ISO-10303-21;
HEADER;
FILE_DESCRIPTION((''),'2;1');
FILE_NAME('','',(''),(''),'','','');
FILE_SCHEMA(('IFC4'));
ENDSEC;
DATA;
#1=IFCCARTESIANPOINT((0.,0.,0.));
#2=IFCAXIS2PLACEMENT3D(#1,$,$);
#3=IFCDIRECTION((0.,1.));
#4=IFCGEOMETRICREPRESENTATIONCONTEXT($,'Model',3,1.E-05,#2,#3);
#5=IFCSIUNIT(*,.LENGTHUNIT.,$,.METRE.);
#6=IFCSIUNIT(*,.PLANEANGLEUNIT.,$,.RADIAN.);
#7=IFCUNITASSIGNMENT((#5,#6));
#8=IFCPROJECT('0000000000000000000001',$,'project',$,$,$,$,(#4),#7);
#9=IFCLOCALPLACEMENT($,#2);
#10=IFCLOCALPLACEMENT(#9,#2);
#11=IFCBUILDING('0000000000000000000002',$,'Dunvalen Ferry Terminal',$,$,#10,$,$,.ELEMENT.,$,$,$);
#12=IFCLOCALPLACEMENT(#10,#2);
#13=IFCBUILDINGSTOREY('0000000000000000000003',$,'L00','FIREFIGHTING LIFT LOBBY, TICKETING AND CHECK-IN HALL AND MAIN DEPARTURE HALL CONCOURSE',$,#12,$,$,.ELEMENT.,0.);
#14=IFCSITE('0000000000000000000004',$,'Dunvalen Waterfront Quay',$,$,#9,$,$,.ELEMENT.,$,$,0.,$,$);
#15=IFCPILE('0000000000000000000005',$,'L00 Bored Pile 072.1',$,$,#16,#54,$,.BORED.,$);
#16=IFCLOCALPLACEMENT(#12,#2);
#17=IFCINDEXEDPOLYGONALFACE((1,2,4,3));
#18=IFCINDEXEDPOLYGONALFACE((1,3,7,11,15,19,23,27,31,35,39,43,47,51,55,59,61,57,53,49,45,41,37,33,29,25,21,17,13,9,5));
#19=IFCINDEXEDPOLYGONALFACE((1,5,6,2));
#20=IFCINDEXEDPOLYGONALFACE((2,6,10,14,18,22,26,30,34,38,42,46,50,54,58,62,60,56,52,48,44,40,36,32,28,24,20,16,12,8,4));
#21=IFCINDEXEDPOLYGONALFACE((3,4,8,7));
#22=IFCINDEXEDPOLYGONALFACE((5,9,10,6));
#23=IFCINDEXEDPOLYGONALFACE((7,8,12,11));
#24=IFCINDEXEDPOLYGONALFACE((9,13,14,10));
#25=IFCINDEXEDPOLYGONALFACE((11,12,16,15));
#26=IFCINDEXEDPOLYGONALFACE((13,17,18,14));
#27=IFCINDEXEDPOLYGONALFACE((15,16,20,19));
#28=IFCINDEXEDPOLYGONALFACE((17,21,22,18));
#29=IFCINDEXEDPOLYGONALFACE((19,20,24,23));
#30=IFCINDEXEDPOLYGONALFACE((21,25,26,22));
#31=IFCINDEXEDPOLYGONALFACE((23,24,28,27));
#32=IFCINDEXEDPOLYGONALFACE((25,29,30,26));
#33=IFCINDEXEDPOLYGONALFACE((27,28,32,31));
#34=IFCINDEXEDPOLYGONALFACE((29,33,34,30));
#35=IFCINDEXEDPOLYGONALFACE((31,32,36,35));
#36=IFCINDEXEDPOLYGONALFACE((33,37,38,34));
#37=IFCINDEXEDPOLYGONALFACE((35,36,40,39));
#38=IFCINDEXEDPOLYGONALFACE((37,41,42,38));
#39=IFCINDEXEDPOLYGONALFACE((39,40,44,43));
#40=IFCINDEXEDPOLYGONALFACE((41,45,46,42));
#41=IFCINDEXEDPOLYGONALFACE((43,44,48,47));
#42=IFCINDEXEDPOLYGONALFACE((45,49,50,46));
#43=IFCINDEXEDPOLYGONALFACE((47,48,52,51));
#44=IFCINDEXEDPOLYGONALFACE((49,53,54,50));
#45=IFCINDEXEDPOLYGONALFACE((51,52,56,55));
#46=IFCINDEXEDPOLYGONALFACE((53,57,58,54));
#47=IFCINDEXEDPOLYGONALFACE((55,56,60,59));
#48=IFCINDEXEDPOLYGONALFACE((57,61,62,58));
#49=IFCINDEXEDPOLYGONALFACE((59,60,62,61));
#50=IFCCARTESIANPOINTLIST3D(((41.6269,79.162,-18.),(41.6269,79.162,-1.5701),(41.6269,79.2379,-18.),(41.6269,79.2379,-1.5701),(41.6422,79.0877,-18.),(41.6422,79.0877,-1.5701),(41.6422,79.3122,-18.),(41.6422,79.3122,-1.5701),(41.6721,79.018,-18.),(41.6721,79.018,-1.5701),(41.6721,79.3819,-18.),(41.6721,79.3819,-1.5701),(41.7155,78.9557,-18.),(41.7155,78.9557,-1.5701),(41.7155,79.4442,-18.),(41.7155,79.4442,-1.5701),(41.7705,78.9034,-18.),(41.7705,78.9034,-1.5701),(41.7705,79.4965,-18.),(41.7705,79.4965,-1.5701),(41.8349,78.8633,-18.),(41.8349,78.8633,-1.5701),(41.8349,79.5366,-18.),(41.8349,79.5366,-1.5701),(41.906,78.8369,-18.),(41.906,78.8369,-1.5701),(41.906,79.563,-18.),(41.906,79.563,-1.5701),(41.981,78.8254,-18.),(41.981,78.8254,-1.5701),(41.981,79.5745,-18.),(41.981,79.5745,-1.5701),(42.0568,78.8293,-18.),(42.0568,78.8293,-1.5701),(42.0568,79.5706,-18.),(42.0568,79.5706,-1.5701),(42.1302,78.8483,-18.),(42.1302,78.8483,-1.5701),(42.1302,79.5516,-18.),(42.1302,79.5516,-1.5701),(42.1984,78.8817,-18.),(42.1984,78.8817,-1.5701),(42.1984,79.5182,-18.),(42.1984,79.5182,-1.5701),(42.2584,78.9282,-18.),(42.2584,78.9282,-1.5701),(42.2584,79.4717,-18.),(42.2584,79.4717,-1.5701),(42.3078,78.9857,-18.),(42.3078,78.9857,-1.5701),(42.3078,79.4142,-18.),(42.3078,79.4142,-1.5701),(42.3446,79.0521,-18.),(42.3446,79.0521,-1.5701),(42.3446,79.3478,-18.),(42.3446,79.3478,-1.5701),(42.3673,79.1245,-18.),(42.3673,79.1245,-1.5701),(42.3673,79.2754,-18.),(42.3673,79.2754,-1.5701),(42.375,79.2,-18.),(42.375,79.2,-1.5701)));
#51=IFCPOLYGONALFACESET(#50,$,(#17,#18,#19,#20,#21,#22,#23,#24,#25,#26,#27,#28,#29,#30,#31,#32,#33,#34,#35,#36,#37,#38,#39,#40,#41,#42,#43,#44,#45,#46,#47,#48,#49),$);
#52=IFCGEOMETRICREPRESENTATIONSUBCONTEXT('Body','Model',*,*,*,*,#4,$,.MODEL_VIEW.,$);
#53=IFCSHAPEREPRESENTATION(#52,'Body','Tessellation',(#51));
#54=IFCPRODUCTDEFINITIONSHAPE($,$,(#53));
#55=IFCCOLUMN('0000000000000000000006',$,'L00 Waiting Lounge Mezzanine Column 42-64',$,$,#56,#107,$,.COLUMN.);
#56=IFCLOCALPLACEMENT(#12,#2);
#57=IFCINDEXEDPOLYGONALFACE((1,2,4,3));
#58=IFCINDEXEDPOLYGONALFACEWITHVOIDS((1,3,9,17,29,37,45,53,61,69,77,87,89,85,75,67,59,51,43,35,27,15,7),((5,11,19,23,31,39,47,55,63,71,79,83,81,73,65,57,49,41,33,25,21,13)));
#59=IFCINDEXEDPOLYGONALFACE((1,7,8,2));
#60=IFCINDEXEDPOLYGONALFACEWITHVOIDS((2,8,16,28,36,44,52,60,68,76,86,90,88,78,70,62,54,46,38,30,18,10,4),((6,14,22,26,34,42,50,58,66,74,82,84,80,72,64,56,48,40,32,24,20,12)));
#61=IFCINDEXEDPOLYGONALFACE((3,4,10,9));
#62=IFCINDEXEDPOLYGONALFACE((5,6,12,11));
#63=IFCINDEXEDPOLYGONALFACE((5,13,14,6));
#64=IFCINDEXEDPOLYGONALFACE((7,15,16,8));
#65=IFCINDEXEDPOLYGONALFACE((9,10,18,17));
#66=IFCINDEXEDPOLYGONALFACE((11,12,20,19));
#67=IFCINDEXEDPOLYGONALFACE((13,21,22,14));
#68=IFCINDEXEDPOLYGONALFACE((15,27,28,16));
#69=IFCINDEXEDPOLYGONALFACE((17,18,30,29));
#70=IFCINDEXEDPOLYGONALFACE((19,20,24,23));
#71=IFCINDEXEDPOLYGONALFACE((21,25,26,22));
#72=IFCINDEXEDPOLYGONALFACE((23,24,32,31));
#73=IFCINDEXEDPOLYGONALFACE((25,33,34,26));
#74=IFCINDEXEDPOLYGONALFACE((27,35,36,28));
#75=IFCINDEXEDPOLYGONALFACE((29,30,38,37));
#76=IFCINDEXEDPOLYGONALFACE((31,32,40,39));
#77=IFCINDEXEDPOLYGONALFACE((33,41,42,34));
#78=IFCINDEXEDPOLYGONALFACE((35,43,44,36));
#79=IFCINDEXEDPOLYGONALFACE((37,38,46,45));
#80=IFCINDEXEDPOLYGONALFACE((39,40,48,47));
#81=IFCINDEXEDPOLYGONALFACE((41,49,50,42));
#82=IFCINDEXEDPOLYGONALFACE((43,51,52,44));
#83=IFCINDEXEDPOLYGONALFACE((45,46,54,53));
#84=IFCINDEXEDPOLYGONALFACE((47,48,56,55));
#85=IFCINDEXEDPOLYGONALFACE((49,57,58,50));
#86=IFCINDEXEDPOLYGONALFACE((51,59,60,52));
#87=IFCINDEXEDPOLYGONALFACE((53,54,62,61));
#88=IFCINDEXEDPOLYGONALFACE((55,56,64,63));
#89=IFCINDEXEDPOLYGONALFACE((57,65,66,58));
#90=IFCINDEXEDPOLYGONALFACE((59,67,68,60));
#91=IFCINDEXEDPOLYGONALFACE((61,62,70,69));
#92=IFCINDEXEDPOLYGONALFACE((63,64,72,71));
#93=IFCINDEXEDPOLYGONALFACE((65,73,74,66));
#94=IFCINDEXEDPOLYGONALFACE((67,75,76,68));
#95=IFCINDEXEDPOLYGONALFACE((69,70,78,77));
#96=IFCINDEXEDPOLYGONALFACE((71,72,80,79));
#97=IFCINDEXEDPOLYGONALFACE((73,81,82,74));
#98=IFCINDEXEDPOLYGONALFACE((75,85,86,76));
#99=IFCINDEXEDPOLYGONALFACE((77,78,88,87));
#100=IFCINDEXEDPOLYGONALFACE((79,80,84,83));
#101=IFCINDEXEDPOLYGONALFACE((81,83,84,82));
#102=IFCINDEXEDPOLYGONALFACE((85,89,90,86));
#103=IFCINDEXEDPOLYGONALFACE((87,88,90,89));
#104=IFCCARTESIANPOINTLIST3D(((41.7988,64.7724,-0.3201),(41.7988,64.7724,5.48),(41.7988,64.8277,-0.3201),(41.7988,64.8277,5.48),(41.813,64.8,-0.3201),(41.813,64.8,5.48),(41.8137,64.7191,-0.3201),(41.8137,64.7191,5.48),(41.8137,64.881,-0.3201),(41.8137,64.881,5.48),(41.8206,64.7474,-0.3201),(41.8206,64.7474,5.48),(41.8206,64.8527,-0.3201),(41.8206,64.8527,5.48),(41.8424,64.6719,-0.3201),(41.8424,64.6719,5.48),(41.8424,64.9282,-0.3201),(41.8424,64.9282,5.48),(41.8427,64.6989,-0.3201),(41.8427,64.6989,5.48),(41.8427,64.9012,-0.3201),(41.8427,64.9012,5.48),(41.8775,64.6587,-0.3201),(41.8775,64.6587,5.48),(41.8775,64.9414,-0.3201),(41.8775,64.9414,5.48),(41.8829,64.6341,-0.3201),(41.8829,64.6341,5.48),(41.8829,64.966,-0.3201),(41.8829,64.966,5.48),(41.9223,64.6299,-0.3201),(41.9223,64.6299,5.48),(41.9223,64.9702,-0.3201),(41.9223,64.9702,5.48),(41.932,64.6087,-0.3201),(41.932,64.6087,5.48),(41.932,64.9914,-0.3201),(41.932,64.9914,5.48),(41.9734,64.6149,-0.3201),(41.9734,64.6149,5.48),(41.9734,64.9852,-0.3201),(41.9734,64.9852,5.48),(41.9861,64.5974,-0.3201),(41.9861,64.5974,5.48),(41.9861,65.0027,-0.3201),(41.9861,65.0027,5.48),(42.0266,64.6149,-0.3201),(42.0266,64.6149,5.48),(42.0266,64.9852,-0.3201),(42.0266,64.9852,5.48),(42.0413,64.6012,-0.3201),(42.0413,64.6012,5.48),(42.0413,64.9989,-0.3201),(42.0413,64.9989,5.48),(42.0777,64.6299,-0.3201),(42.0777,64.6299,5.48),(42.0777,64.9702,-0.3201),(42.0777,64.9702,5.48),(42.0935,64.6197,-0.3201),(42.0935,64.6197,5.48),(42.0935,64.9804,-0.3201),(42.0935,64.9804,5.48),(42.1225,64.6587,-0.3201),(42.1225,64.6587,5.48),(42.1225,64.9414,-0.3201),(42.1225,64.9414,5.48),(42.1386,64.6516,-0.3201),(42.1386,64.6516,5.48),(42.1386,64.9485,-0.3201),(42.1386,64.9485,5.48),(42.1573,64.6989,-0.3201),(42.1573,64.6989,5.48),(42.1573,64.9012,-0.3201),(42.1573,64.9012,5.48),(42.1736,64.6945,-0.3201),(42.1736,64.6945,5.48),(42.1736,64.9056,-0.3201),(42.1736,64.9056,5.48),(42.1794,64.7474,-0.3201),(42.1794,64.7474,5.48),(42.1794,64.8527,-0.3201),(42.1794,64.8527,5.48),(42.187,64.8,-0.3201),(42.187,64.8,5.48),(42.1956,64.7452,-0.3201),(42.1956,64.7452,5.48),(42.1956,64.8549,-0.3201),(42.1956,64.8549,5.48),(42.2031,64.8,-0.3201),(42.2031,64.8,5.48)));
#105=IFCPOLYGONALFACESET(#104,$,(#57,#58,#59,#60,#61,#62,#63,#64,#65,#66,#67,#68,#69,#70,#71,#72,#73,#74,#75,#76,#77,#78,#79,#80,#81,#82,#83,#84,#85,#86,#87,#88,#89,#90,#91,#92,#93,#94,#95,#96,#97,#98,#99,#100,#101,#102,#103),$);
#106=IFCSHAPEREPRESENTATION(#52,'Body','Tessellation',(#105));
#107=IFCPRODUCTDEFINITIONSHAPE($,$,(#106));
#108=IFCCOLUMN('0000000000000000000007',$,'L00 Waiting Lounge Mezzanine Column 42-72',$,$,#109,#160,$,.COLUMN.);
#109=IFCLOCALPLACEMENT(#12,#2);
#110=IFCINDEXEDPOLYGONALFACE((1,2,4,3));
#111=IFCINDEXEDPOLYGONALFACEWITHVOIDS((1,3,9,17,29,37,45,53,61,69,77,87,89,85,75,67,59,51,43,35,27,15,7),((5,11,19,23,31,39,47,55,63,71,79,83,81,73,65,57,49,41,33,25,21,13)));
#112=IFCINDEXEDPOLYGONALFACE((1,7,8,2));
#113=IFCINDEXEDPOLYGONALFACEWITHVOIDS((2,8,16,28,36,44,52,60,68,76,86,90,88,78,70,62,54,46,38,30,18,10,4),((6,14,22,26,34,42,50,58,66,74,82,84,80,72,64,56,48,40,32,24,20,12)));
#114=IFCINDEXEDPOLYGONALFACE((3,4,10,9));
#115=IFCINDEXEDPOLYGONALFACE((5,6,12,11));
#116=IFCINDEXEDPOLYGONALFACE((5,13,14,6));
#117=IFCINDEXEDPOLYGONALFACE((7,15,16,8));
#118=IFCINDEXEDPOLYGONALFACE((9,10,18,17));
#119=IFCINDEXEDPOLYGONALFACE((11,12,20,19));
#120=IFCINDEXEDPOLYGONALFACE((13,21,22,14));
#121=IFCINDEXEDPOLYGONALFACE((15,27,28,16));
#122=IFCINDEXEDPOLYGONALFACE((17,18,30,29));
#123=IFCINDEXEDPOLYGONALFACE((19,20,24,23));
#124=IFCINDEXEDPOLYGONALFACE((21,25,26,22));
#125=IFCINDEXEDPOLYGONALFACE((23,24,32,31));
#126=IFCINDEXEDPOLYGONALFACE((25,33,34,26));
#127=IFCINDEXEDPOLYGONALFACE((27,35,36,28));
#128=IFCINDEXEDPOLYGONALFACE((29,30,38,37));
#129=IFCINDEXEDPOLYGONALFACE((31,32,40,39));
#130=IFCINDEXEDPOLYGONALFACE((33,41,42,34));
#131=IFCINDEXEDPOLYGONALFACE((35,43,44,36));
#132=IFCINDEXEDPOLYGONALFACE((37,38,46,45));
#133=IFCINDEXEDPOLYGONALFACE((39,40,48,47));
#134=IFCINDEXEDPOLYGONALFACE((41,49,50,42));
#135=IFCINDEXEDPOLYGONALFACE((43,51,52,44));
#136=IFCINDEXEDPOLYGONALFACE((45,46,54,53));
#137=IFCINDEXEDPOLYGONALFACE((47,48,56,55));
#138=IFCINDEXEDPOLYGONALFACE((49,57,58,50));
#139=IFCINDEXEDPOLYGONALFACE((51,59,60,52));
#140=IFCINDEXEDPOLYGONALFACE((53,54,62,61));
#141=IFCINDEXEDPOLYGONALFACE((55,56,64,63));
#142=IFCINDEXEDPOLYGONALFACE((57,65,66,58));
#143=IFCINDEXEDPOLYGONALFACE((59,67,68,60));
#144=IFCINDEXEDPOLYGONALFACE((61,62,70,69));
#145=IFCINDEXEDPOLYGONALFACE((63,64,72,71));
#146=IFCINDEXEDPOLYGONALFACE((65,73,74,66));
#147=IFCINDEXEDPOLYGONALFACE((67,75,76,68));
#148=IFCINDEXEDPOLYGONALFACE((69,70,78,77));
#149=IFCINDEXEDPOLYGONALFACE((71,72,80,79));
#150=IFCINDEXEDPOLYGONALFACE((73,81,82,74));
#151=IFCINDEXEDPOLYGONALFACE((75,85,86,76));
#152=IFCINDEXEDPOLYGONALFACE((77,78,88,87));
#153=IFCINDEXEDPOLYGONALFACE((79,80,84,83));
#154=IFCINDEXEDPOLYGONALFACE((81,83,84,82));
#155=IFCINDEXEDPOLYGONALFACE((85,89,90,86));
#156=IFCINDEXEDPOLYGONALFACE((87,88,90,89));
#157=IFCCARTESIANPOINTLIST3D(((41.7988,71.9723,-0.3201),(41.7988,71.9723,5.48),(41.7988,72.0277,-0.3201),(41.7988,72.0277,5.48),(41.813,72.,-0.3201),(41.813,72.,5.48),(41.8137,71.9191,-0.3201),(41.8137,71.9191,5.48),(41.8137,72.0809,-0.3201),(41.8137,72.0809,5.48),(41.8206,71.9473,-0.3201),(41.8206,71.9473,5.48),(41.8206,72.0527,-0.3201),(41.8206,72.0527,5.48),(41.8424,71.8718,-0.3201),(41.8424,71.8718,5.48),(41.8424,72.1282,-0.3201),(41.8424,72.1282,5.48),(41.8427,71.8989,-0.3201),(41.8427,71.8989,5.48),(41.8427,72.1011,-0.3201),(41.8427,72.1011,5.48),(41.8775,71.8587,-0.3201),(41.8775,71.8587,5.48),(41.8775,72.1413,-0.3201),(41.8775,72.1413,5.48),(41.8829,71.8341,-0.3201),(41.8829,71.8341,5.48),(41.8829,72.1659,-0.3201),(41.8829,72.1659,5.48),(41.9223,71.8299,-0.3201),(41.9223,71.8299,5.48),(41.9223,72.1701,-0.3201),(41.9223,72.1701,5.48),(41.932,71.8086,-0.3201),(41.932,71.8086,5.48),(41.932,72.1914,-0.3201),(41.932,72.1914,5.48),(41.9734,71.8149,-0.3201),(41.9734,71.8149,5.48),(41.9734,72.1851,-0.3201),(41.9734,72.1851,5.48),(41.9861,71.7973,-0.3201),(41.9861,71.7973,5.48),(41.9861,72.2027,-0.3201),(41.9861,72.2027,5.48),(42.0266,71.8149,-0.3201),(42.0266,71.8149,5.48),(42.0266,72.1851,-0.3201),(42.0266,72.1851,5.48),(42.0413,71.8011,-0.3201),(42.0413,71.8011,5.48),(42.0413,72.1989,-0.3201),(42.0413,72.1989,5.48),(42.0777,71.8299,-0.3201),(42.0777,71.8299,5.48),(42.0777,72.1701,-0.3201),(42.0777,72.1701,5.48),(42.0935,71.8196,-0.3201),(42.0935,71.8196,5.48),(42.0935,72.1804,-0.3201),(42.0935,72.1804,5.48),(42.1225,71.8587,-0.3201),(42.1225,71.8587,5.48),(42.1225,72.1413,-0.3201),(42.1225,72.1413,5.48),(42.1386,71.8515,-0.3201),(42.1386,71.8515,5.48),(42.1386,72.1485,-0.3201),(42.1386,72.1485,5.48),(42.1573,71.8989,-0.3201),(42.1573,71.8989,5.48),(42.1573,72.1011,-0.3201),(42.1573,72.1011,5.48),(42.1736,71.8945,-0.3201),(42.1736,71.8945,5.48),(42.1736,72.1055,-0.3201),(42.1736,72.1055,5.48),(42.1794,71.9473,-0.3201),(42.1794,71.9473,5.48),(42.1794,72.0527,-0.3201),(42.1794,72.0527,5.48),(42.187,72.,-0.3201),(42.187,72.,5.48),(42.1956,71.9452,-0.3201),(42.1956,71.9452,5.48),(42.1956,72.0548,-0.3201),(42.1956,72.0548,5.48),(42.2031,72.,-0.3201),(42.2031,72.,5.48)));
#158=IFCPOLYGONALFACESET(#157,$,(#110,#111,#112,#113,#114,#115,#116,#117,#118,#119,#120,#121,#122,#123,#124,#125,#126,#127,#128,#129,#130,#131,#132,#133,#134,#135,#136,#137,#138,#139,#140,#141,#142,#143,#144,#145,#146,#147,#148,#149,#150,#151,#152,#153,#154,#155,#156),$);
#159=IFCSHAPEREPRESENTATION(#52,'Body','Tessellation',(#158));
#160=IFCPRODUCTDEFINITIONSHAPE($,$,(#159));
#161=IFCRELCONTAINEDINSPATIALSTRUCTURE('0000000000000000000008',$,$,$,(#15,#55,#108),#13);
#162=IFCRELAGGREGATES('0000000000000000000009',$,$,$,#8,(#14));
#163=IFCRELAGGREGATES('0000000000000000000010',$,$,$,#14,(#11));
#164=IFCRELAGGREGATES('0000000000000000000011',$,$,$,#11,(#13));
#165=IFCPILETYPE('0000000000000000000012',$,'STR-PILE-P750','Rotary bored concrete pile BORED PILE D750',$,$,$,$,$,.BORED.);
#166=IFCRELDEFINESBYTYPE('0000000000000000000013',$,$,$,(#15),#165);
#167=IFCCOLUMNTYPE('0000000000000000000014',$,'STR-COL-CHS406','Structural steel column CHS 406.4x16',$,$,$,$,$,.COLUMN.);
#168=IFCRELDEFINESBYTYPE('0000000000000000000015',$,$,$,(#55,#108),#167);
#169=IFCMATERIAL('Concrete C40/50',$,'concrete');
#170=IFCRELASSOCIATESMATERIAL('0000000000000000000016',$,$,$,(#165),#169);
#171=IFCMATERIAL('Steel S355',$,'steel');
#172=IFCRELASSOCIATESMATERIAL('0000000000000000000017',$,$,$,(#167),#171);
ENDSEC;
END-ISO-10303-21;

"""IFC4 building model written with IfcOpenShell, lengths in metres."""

from ifc_helpers import new_model, si_unit, direction, frame, origin, origin_2d, place, context, subcontext, project, spatial, circle, hollow_circle, extrude, material, material_profile, profile_set, type_object, element, save


model = new_model("IFC4")

# Units and contexts
model_context = context("Model", 3, precision=1e-05, world=origin(), true_north=direction((0.0, 1.0)))
body_context = subcontext(model_context, "Body", "Model", "MODEL_VIEW")
ifc_project = project(units=[si_unit("LENGTHUNIT", "METRE"), si_unit("PLANEANGLEUNIT", "RADIAN")], contexts=[model_context])

# Site, building, storey
site_placement = place(None, origin())
site = spatial("IfcSite", under=ifc_project, at=site_placement, Name="Dunvalen Waterfront Quay", CompositionType="ELEMENT", RefElevation=0.0)
building_placement = place(site_placement, origin())
building = spatial("IfcBuilding", under=site, at=building_placement, Name="Dunvalen Ferry Terminal", CompositionType="ELEMENT")
storey_placement = place(building_placement, origin())
storey = spatial("IfcBuildingStorey", under=building, at=storey_placement, Name="L00", Description="FIREFIGHTING LIFT LOBBY, TICKETING AND CHECK-IN HALL AND MAIN DEPARTURE HALL CONCOURSE", CompositionType="ELEMENT", Elevation=0.0)

# Shared definitions
ifc_material_1 = material(Name="Concrete C40/50", Category="concrete")

# Pile
ifc_material_profile_1 = material_profile(ifc_material_1, circle(Radius=0.375, at=origin_2d()), Name="Concrete C40/50")
ifc_profile_set_1 = profile_set([ifc_material_profile_1], Name="Concrete C40/50")
pile_type_1 = type_object("IfcPileType", Name="STR-PILE-P750", Description="Rotary bored concrete pile BORED PILE D750", PredefinedType="BORED", material=ifc_profile_set_1)
pile_placement = place(storey_placement, frame((42.0, 79.2, -1.5701), z_axis=(0.0, 0.0, -1.0), x_axis=(1.0, 0.0, 0.0)))
element("IfcPile", 1, at=pile_placement, inside=storey, type_object=pile_type_1, Name="L00 Bored Pile 072.1", PredefinedType="BORED", context=body_context, shape_type="SweptSolid", body=[
    extrude(circle(Radius=0.375, at=origin_2d()), origin(), (0.0, 0.0, 1.0), 16.4299),
])

# Columns
ifc_material_2 = material(Name="Steel S355", Category="steel")
ifc_material_profile_2 = material_profile(ifc_material_2, hollow_circle(Radius=0.2031, WallThickness=0.0161, at=origin_2d()), Name="Steel S355")
ifc_profile_set_2 = profile_set([ifc_material_profile_2], Name="Steel S355")
column_type_1 = type_object("IfcColumnType", Name="STR-COL-CHS406", Description="Structural steel column CHS 406.4x16", PredefinedType="COLUMN", material=ifc_profile_set_2)
for number, where, z_axis, x_axis, name in (
    (2, (42.0, 64.8, -0.3201), (0.0, 0.0, 1.0), (1.0, 0.0, 0.0), "L00 Waiting Lounge Mezzanine Column 42-64"),
    (3, (42.0, 72.0, -0.3201), (0.0, 0.0, 1.0), (1.0, 0.0, 0.0), "L00 Waiting Lounge Mezzanine Column 42-72"),
):
    element("IfcColumn", number, at=place(storey_placement, frame(where, z_axis=z_axis, x_axis=x_axis)), inside=storey, type_object=column_type_1, Name=name, PredefinedType="COLUMN", context=body_context, shape_type="SweptSolid", body=[
        extrude(hollow_circle(Radius=0.2031, WallThickness=0.0161, at=origin_2d()), origin(), (0.0, 0.0, 1.0), 5.8),
    ])

save(model, "model.ifc")
